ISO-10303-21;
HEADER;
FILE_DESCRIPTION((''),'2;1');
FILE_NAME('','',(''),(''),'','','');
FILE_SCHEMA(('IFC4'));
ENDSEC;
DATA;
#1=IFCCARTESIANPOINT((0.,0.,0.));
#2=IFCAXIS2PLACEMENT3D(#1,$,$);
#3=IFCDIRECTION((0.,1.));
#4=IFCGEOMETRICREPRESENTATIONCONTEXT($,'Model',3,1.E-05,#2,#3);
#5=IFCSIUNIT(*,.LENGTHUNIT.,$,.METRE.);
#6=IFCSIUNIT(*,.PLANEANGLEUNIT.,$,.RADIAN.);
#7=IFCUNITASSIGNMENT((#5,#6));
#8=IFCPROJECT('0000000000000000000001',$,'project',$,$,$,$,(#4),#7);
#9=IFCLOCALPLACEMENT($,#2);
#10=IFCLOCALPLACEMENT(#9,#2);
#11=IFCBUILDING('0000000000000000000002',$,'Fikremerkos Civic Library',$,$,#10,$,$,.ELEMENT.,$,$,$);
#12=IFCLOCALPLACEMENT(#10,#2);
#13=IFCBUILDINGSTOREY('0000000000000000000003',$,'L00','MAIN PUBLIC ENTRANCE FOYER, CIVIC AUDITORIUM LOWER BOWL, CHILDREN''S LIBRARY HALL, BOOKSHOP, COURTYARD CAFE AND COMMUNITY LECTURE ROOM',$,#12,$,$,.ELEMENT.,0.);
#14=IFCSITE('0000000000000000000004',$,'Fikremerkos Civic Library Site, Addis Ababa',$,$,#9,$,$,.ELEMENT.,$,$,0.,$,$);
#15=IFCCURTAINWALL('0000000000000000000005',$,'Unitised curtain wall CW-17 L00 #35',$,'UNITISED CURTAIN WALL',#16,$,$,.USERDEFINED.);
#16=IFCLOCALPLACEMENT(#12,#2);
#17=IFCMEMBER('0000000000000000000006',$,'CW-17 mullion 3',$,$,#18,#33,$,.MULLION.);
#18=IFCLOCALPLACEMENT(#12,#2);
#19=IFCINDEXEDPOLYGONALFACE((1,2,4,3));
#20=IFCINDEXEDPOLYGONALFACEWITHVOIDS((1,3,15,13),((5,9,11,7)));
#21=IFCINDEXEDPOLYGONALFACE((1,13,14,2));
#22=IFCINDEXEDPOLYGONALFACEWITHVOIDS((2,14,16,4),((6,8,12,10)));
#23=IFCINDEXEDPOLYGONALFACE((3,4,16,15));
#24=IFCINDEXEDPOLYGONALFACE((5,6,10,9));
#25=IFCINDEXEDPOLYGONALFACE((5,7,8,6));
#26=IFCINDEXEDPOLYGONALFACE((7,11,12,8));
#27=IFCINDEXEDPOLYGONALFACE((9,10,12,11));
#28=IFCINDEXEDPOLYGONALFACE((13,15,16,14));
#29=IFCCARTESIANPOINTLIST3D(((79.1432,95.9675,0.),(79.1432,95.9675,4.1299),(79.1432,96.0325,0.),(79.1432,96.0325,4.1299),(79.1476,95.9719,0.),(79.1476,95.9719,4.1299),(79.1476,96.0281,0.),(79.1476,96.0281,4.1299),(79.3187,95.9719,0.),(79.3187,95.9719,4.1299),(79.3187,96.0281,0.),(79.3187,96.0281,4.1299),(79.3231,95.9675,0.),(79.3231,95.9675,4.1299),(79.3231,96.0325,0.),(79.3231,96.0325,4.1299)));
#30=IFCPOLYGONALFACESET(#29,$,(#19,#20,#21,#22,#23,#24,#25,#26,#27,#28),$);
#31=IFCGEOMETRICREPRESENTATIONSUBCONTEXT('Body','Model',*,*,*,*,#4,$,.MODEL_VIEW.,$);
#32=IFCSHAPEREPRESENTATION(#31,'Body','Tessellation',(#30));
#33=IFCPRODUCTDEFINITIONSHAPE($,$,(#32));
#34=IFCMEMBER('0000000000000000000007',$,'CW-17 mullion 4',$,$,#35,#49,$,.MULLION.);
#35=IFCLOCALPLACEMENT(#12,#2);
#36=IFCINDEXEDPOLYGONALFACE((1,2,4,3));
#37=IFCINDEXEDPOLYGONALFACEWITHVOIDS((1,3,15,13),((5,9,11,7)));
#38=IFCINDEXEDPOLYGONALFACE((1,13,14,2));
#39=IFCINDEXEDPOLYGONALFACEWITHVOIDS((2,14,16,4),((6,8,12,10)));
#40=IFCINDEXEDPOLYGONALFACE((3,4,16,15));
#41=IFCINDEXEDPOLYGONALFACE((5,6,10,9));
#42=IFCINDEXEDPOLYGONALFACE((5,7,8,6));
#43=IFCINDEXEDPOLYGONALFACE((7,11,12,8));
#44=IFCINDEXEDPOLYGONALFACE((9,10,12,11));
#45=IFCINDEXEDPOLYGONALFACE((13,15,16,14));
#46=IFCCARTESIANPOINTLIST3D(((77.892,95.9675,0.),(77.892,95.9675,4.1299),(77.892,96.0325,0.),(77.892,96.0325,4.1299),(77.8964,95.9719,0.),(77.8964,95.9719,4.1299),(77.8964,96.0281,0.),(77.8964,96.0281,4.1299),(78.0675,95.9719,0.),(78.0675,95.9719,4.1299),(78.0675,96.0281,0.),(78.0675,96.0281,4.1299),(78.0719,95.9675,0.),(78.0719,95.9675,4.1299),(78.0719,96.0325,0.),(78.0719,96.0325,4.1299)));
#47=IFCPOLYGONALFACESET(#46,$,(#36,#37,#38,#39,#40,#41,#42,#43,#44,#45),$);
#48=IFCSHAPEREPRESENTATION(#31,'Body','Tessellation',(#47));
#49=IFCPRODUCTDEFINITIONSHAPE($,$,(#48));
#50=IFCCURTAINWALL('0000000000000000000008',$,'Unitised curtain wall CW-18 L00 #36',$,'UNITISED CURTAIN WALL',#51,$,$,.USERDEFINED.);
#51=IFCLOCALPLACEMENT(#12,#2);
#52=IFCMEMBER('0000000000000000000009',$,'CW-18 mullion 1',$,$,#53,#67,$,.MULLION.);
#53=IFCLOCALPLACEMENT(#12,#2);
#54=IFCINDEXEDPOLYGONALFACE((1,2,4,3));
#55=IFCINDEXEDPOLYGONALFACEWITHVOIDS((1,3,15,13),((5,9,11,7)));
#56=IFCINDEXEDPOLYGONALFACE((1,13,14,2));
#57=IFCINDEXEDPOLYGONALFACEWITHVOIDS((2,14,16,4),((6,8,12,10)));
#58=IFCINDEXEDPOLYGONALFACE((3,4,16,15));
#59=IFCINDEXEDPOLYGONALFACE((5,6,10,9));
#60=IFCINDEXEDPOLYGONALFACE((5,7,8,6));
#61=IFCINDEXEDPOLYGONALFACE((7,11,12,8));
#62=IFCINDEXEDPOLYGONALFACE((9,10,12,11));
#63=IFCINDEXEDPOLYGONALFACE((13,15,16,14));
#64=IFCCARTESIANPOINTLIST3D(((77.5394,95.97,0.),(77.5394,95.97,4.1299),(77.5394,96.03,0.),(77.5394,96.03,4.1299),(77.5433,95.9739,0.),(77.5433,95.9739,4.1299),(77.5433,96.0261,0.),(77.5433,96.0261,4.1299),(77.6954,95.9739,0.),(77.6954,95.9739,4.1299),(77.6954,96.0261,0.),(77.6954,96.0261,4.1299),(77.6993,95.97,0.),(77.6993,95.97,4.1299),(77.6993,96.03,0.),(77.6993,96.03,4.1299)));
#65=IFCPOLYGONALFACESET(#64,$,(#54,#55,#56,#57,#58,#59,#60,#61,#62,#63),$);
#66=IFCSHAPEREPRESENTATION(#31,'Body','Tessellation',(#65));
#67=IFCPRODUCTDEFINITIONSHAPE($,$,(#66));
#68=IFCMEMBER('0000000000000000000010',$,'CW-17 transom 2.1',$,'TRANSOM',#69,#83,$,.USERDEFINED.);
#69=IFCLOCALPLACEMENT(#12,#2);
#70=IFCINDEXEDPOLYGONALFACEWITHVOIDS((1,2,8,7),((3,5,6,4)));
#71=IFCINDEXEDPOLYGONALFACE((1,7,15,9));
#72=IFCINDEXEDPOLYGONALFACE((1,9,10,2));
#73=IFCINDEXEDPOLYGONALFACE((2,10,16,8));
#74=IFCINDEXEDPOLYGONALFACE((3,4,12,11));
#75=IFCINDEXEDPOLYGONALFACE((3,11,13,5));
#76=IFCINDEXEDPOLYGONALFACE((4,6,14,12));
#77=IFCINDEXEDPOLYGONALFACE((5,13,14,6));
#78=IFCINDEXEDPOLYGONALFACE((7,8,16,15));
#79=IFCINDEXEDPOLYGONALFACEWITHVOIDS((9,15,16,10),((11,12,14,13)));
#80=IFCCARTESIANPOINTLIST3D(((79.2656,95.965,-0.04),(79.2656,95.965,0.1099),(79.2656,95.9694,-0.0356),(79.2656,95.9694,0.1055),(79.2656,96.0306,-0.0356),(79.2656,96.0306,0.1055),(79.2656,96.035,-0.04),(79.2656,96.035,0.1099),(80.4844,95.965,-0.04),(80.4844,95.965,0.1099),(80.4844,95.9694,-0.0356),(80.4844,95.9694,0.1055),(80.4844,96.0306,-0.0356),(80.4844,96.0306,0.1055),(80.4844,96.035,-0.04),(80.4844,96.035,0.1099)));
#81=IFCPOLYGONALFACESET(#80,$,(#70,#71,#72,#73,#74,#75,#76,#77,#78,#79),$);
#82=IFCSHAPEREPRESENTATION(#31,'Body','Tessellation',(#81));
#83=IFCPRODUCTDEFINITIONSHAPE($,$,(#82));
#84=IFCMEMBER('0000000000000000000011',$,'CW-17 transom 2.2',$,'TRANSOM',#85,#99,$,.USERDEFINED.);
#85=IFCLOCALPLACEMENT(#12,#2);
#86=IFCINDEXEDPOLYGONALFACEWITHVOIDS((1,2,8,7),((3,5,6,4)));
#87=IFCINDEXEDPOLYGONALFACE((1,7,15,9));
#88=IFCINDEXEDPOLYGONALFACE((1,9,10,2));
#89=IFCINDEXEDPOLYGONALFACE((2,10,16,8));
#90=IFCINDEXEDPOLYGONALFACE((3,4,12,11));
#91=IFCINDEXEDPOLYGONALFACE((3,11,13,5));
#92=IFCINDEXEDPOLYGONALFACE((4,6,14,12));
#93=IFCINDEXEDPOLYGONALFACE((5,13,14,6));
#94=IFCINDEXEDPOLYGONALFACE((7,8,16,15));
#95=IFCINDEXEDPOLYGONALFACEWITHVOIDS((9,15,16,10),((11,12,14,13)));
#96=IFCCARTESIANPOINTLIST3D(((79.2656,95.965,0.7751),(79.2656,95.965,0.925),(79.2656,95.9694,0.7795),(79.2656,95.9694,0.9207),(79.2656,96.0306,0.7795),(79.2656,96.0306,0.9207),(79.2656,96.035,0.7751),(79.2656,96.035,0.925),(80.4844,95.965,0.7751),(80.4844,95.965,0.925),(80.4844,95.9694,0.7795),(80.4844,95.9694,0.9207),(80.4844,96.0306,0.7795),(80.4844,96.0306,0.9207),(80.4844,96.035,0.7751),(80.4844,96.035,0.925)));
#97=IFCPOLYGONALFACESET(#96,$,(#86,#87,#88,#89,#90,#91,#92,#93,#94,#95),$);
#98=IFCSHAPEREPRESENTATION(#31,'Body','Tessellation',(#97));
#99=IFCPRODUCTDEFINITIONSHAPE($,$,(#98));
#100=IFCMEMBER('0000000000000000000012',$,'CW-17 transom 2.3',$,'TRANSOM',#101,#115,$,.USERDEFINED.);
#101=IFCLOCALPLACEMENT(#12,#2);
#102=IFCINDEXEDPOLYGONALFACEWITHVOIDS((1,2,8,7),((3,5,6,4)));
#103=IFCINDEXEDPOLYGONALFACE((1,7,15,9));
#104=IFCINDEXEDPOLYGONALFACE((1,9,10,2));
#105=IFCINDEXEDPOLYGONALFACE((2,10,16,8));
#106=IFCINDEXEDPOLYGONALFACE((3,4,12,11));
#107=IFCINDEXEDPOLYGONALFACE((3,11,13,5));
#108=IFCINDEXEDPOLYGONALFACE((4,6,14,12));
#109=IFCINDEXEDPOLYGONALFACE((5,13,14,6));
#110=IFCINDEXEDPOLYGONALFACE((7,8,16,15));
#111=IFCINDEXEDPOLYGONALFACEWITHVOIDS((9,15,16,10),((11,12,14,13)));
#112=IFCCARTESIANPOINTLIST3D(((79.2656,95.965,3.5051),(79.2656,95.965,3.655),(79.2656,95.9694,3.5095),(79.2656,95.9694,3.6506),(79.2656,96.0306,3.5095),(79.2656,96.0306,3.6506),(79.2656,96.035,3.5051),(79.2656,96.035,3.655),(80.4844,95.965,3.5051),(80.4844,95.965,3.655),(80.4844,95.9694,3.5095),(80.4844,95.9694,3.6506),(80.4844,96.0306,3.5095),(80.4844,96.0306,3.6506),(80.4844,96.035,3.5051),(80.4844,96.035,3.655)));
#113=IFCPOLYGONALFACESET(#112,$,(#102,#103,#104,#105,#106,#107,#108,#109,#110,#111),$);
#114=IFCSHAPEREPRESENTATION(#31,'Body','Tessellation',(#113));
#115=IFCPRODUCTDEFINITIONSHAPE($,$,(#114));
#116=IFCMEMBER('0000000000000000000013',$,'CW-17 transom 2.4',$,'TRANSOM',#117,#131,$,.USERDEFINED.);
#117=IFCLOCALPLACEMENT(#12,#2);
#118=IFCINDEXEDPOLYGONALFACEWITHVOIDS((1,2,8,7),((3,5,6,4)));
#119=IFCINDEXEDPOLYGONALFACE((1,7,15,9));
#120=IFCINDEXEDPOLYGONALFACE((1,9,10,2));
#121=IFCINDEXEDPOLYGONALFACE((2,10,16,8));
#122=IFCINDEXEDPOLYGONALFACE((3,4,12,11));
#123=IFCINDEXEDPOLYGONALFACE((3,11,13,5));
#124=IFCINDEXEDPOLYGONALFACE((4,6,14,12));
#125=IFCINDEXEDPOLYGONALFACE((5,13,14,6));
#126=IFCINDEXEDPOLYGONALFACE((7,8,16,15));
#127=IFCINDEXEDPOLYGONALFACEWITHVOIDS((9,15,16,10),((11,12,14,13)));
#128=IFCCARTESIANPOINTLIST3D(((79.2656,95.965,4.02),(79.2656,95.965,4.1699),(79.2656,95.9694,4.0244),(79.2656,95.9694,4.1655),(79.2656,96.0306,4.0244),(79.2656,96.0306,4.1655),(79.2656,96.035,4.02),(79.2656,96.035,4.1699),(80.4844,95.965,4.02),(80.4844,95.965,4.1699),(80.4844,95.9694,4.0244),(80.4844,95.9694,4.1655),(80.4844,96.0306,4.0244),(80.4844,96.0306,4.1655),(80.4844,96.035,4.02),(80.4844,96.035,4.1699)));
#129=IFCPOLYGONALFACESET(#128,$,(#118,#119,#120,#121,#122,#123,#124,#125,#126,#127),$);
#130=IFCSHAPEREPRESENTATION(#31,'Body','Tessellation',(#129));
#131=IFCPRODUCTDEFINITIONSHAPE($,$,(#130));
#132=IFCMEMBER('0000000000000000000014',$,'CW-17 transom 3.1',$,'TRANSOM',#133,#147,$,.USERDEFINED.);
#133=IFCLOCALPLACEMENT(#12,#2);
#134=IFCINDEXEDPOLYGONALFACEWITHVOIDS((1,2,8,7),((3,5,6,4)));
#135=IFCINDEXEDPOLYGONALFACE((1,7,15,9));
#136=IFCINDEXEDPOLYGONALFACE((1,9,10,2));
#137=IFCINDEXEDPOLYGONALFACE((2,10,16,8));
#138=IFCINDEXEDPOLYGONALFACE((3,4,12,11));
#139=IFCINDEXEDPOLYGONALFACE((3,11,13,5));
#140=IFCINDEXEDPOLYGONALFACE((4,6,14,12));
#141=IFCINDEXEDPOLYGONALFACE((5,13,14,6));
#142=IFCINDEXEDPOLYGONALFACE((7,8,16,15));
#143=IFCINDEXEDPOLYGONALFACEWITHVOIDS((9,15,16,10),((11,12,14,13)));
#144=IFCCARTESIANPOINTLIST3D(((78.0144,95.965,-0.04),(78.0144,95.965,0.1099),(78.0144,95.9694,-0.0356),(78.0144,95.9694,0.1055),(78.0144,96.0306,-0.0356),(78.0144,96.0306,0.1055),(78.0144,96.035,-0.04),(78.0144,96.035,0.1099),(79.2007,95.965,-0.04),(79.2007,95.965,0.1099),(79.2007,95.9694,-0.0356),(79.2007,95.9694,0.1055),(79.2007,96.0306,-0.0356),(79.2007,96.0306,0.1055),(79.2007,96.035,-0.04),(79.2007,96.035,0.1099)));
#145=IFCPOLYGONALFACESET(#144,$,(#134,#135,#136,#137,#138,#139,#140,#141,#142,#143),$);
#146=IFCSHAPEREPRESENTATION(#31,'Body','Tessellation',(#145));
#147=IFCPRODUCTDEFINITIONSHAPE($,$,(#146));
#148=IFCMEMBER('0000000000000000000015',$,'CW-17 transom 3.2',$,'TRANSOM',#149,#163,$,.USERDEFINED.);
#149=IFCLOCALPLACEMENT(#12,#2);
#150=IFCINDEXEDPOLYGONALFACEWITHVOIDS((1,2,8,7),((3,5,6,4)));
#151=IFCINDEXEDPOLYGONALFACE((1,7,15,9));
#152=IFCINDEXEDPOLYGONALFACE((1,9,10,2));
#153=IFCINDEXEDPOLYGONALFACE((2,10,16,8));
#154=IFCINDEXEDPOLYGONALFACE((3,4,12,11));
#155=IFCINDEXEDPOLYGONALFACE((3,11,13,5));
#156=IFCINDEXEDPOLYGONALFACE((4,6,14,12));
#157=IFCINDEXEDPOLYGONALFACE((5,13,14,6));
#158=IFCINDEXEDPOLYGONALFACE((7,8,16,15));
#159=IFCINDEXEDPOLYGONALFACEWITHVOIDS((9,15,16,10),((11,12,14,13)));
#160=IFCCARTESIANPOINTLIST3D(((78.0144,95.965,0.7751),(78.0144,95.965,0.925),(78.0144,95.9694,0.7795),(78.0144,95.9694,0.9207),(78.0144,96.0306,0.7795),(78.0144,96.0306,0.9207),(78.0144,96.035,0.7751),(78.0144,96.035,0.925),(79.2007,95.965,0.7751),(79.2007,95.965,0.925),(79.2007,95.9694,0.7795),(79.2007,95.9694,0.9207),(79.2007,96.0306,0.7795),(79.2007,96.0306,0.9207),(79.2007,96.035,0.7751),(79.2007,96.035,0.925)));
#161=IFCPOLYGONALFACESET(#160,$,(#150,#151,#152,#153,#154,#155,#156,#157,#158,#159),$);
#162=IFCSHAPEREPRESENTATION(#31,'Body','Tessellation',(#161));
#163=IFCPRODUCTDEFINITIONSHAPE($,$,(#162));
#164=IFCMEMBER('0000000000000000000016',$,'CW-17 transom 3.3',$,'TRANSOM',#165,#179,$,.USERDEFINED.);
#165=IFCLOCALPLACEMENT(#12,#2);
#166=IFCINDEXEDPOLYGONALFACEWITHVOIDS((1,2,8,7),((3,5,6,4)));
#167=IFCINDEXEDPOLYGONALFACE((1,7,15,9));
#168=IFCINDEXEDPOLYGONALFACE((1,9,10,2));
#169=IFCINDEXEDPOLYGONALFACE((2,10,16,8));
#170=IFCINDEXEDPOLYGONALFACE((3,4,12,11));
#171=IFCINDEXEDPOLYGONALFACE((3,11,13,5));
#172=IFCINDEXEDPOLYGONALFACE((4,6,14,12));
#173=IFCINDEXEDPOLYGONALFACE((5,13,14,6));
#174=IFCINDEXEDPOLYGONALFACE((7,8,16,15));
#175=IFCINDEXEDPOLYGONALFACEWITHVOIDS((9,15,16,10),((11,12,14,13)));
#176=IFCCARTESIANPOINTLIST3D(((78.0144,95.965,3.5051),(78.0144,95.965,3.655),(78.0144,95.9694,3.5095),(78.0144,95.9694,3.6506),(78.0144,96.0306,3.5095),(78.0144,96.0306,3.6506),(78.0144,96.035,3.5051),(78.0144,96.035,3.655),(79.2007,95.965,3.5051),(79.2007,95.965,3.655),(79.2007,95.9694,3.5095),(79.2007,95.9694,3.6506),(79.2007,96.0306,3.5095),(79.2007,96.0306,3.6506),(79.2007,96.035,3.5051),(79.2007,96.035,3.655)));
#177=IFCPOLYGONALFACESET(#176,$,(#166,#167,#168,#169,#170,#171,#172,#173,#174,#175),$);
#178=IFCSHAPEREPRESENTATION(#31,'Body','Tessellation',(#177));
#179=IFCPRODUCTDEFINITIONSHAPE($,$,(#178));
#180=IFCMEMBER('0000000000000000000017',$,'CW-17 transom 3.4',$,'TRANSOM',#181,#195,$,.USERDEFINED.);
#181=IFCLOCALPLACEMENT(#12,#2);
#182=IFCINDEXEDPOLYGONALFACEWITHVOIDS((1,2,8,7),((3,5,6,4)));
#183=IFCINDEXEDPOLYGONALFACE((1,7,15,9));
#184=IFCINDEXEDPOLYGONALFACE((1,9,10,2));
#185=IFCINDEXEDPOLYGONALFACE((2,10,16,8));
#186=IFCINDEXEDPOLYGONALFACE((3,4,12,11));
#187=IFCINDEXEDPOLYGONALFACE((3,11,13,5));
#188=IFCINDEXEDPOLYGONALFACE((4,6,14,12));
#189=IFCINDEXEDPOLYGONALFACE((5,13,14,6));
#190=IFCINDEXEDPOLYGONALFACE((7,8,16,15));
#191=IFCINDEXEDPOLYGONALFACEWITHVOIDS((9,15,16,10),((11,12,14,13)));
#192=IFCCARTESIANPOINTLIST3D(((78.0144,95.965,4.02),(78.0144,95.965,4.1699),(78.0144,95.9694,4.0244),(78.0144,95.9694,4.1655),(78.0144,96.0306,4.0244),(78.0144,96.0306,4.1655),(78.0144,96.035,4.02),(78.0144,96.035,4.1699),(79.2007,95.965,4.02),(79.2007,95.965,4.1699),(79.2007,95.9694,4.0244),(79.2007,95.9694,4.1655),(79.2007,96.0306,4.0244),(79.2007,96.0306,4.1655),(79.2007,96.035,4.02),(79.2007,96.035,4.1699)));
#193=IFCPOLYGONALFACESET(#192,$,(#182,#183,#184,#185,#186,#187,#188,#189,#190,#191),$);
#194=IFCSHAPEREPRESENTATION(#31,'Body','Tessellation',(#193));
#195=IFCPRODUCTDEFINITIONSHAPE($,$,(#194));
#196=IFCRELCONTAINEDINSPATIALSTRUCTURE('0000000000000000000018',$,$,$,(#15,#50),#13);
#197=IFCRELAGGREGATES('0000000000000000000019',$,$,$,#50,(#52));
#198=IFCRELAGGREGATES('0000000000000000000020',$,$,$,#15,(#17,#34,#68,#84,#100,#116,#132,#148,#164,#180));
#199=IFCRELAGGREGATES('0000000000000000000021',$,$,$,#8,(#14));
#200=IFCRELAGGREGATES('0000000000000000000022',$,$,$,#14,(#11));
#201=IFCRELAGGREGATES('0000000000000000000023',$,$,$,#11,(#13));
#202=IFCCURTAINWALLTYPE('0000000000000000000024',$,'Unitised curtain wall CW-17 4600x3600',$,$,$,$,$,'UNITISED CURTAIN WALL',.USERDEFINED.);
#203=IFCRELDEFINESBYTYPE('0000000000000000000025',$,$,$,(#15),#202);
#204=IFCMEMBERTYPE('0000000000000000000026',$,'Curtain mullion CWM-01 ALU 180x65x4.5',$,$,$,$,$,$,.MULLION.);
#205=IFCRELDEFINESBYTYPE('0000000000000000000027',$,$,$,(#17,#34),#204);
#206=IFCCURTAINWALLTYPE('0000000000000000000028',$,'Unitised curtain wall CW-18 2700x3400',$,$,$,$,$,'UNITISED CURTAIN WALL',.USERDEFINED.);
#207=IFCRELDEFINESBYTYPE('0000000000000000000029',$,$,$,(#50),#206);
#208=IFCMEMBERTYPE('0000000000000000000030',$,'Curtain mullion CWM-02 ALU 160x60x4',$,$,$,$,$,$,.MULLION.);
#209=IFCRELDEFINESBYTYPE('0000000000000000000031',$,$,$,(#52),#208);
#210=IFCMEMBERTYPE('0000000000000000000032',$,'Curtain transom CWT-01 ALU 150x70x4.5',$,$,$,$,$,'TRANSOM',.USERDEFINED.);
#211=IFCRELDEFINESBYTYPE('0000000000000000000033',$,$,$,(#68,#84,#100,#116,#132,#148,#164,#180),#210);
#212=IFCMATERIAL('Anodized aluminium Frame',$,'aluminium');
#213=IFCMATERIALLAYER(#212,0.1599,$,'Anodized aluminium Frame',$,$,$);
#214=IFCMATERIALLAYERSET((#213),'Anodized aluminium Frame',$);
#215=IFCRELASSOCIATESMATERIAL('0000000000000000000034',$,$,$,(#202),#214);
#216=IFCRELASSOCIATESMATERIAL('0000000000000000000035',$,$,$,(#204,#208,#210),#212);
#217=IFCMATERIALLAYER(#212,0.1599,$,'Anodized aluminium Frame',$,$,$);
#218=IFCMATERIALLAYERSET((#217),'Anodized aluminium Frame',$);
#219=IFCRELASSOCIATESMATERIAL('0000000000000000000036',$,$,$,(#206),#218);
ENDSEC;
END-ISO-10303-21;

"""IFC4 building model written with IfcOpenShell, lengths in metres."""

from ifc_helpers import new_model, si_unit, direction, frame, origin, origin_2d, place, context, subcontext, project, spatial, hollow_rectangle, extrude, material, layer, layer_set, material_profile, profile_set, type_object, element, aggregate, save


model = new_model("IFC4")

# Units and contexts
model_context = context("Model", 3, precision=1e-05, world=origin(), true_north=direction((0.0, 1.0)))
body_context = subcontext(model_context, "Body", "Model", "MODEL_VIEW")
ifc_project = project(units=[si_unit("LENGTHUNIT", "METRE"), si_unit("PLANEANGLEUNIT", "RADIAN")], contexts=[model_context])

# Site, building, storey
site_placement = place(None, origin())
site = spatial("IfcSite", under=ifc_project, at=site_placement, Name="Fikremerkos Civic Library Site, Addis Ababa", CompositionType="ELEMENT", RefElevation=0.0)
building_placement = place(site_placement, origin())
building = spatial("IfcBuilding", under=site, at=building_placement, Name="Fikremerkos Civic Library", CompositionType="ELEMENT")
storey_placement = place(building_placement, origin())
storey = spatial("IfcBuildingStorey", under=building, at=storey_placement, Name="L00", Description="MAIN PUBLIC ENTRANCE FOYER, CIVIC AUDITORIUM LOWER BOWL, CHILDREN'S LIBRARY HALL, BOOKSHOP, COURTYARD CAFE AND COMMUNITY LECTURE ROOM", CompositionType="ELEMENT", Elevation=0.0)

# Curtain wall, members
ifc_material_1 = material(Name="Anodized aluminium Frame", Category="aluminium")
ifc_layer_1 = layer(ifc_material_1, 0.1599, Name="Anodized aluminium Frame")
ifc_layer_set_1 = layer_set([ifc_layer_1], Name="Anodized aluminium Frame")
curtain_wall_type_1 = type_object("IfcCurtainWallType", Name="Unitised curtain wall CW-17 4600x3600", ElementType="UNITISED CURTAIN WALL", PredefinedType="USERDEFINED", material=ifc_layer_set_1)
curtain_wall_1_placement = place(storey_placement, origin())
curtain_wall_1 = element("IfcCurtainWall", 1, at=curtain_wall_1_placement, inside=storey, type_object=curtain_wall_type_1, Name="Unitised curtain wall CW-17 L00 #35", ObjectType="UNITISED CURTAIN WALL", PredefinedType="USERDEFINED")
ifc_material_profile_1 = material_profile(ifc_material_1, hollow_rectangle(XDim=0.0649, YDim=0.1799, WallThickness=0.0044, at=origin_2d()), Name="ALU 180x65x4.5")
ifc_profile_set_1 = profile_set([ifc_material_profile_1], Name="Anodized aluminium Frame")
member_type_1 = type_object("IfcMemberType", Name="Curtain mullion CWM-01 ALU 180x65x4.5", PredefinedType="MULLION", material=ifc_profile_set_1)
member_1_placement = place(storey_placement, frame((79.2332, 96.0, 0.0), z_axis=(0.0, 0.0, 1.0), x_axis=(0.0, -1.0, 0.0)))
member_1 = element("IfcMember", 2, at=member_1_placement, type_object=member_type_1, Name="CW-17 mullion 3", PredefinedType="MULLION", context=body_context, shape_type="SweptSolid", body=[
    extrude(hollow_rectangle(XDim=0.0649, YDim=0.1799, WallThickness=0.0044, at=origin_2d()), origin(), (0.0, 0.0, 1.0), 4.1299),
])
member_2_placement = place(storey_placement, frame((77.9819, 96.0, 0.0), z_axis=(0.0, 0.0, 1.0), x_axis=(0.0, -1.0, 0.0)))
member_2 = element("IfcMember", 3, at=member_2_placement, type_object=member_type_1, Name="CW-17 mullion 4", PredefinedType="MULLION", context=body_context, shape_type="SweptSolid", body=[
    extrude(hollow_rectangle(XDim=0.0649, YDim=0.1799, WallThickness=0.0044, at=origin_2d()), origin(), (0.0, 0.0, 1.0), 4.1299),
])

# Curtain wall, member
ifc_layer_2 = layer(ifc_material_1, 0.1599, Name="Anodized aluminium Frame")
ifc_layer_set_2 = layer_set([ifc_layer_2], Name="Anodized aluminium Frame")
curtain_wall_type_2 = type_object("IfcCurtainWallType", Name="Unitised curtain wall CW-18 2700x3400", ElementType="UNITISED CURTAIN WALL", PredefinedType="USERDEFINED", material=ifc_layer_set_2)
curtain_wall_2_placement = place(storey_placement, origin())
curtain_wall_2 = element("IfcCurtainWall", 4, at=curtain_wall_2_placement, inside=storey, type_object=curtain_wall_type_2, Name="Unitised curtain wall CW-18 L00 #36", ObjectType="UNITISED CURTAIN WALL", PredefinedType="USERDEFINED")
ifc_material_profile_2 = material_profile(ifc_material_1, hollow_rectangle(XDim=0.0601, YDim=0.1599, WallThickness=0.0039, at=origin_2d()), Name="ALU 160x60x4")
ifc_profile_set_2 = profile_set([ifc_material_profile_2], Name="Anodized aluminium Frame")
member_type_2 = type_object("IfcMemberType", Name="Curtain mullion CWM-02 ALU 160x60x4", PredefinedType="MULLION", material=ifc_profile_set_2)
member_3_placement = place(storey_placement, frame((77.6194, 96.0, 0.0), z_axis=(0.0, 0.0, 1.0), x_axis=(0.0, -1.0, 0.0)))
member_3 = element("IfcMember", 5, at=member_3_placement, type_object=member_type_2, Name="CW-18 mullion 1", PredefinedType="MULLION", context=body_context, shape_type="SweptSolid", body=[
    extrude(hollow_rectangle(XDim=0.0601, YDim=0.1599, WallThickness=0.0039, at=origin_2d()), origin(), (0.0, 0.0, 1.0), 4.1299),
])

# Members
ifc_material_profile_3 = material_profile(ifc_material_1, hollow_rectangle(XDim=0.0701, YDim=0.1499, WallThickness=0.0044, at=origin_2d()), Name="ALU 150x70x4.5")
ifc_profile_set_3 = profile_set([ifc_material_profile_3], Name="Anodized aluminium Frame")
member_type_3 = type_object("IfcMemberType", Name="Curtain transom CWT-01 ALU 150x70x4.5", ElementType="TRANSOM", PredefinedType="USERDEFINED", material=ifc_profile_set_3)
member_4_placement = place(storey_placement, frame((80.4844, 96.0, 0.0349), z_axis=(-1.0, 0.0, 0.0), x_axis=(0.0, -1.0, 0.0)))
member_4 = element("IfcMember", 6, at=member_4_placement, type_object=member_type_3, Name="CW-17 transom 2.1", ObjectType="TRANSOM", PredefinedType="USERDEFINED", context=body_context, shape_type="SweptSolid", body=[
    extrude(hollow_rectangle(XDim=0.0701, YDim=0.1499, WallThickness=0.0044, at=origin_2d()), origin(), (0.0, 0.0, 1.0), 1.2188),
])
member_5_placement = place(storey_placement, frame((80.4844, 96.0, 0.8501), z_axis=(-1.0, 0.0, 0.0), x_axis=(0.0, -1.0, 0.0)))
member_5 = element("IfcMember", 7, at=member_5_placement, type_object=member_type_3, Name="CW-17 transom 2.2", ObjectType="TRANSOM", PredefinedType="USERDEFINED", context=body_context, shape_type="SweptSolid", body=[
    extrude(hollow_rectangle(XDim=0.0701, YDim=0.1499, WallThickness=0.0044, at=origin_2d()), origin(), (0.0, 0.0, 1.0), 1.2188),
])
member_6_placement = place(storey_placement, frame((80.4844, 96.0, 3.5801), z_axis=(-1.0, 0.0, 0.0), x_axis=(0.0, -1.0, 0.0)))
member_6 = element("IfcMember", 8, at=member_6_placement, type_object=member_type_3, Name="CW-17 transom 2.3", ObjectType="TRANSOM", PredefinedType="USERDEFINED", context=body_context, shape_type="SweptSolid", body=[
    extrude(hollow_rectangle(XDim=0.0701, YDim=0.1499, WallThickness=0.0044, at=origin_2d()), origin(), (0.0, 0.0, 1.0), 1.2188),
])
member_7_placement = place(storey_placement, frame((80.4844, 96.0, 4.095), z_axis=(-1.0, 0.0, 0.0), x_axis=(0.0, -1.0, 0.0)))
member_7 = element("IfcMember", 9, at=member_7_placement, type_object=member_type_3, Name="CW-17 transom 2.4", ObjectType="TRANSOM", PredefinedType="USERDEFINED", context=body_context, shape_type="SweptSolid", body=[
    extrude(hollow_rectangle(XDim=0.0701, YDim=0.1499, WallThickness=0.0044, at=origin_2d()), origin(), (0.0, 0.0, 1.0), 1.2188),
])
member_8_placement = place(storey_placement, frame((79.2007, 96.0, 0.0349), z_axis=(-1.0, 0.0, 0.0), x_axis=(0.0, -1.0, 0.0)))
member_8 = element("IfcMember", 10, at=member_8_placement, type_object=member_type_3, Name="CW-17 transom 3.1", ObjectType="TRANSOM", PredefinedType="USERDEFINED", context=body_context, shape_type="SweptSolid", body=[
    extrude(hollow_rectangle(XDim=0.0701, YDim=0.1499, WallThickness=0.0044, at=origin_2d()), origin(), (0.0, 0.0, 1.0), 1.1863),
])
member_9_placement = place(storey_placement, frame((79.2007, 96.0, 0.8501), z_axis=(-1.0, 0.0, 0.0), x_axis=(0.0, -1.0, 0.0)))
member_9 = element("IfcMember", 11, at=member_9_placement, type_object=member_type_3, Name="CW-17 transom 3.2", ObjectType="TRANSOM", PredefinedType="USERDEFINED", context=body_context, shape_type="SweptSolid", body=[
    extrude(hollow_rectangle(XDim=0.0701, YDim=0.1499, WallThickness=0.0044, at=origin_2d()), origin(), (0.0, 0.0, 1.0), 1.1863),
])
member_10_placement = place(storey_placement, frame((79.2007, 96.0, 3.5801), z_axis=(-1.0, 0.0, 0.0), x_axis=(0.0, -1.0, 0.0)))
member_10 = element("IfcMember", 12, at=member_10_placement, type_object=member_type_3, Name="CW-17 transom 3.3", ObjectType="TRANSOM", PredefinedType="USERDEFINED", context=body_context, shape_type="SweptSolid", body=[
    extrude(hollow_rectangle(XDim=0.0701, YDim=0.1499, WallThickness=0.0044, at=origin_2d()), origin(), (0.0, 0.0, 1.0), 1.1863),
])
member_11_placement = place(storey_placement, frame((79.2007, 96.0, 4.095), z_axis=(-1.0, 0.0, 0.0), x_axis=(0.0, -1.0, 0.0)))
member_11 = element("IfcMember", 13, at=member_11_placement, type_object=member_type_3, Name="CW-17 transom 3.4", ObjectType="TRANSOM", PredefinedType="USERDEFINED", context=body_context, shape_type="SweptSolid", body=[
    extrude(hollow_rectangle(XDim=0.0701, YDim=0.1499, WallThickness=0.0044, at=origin_2d()), origin(), (0.0, 0.0, 1.0), 1.1863),
])
aggregate(curtain_wall_2, [member_3])

aggregate(curtain_wall_1, [member_1, member_2, member_4, member_5, member_6, member_7, member_8, member_9, member_10, member_11])

save(model, "model.ifc")
